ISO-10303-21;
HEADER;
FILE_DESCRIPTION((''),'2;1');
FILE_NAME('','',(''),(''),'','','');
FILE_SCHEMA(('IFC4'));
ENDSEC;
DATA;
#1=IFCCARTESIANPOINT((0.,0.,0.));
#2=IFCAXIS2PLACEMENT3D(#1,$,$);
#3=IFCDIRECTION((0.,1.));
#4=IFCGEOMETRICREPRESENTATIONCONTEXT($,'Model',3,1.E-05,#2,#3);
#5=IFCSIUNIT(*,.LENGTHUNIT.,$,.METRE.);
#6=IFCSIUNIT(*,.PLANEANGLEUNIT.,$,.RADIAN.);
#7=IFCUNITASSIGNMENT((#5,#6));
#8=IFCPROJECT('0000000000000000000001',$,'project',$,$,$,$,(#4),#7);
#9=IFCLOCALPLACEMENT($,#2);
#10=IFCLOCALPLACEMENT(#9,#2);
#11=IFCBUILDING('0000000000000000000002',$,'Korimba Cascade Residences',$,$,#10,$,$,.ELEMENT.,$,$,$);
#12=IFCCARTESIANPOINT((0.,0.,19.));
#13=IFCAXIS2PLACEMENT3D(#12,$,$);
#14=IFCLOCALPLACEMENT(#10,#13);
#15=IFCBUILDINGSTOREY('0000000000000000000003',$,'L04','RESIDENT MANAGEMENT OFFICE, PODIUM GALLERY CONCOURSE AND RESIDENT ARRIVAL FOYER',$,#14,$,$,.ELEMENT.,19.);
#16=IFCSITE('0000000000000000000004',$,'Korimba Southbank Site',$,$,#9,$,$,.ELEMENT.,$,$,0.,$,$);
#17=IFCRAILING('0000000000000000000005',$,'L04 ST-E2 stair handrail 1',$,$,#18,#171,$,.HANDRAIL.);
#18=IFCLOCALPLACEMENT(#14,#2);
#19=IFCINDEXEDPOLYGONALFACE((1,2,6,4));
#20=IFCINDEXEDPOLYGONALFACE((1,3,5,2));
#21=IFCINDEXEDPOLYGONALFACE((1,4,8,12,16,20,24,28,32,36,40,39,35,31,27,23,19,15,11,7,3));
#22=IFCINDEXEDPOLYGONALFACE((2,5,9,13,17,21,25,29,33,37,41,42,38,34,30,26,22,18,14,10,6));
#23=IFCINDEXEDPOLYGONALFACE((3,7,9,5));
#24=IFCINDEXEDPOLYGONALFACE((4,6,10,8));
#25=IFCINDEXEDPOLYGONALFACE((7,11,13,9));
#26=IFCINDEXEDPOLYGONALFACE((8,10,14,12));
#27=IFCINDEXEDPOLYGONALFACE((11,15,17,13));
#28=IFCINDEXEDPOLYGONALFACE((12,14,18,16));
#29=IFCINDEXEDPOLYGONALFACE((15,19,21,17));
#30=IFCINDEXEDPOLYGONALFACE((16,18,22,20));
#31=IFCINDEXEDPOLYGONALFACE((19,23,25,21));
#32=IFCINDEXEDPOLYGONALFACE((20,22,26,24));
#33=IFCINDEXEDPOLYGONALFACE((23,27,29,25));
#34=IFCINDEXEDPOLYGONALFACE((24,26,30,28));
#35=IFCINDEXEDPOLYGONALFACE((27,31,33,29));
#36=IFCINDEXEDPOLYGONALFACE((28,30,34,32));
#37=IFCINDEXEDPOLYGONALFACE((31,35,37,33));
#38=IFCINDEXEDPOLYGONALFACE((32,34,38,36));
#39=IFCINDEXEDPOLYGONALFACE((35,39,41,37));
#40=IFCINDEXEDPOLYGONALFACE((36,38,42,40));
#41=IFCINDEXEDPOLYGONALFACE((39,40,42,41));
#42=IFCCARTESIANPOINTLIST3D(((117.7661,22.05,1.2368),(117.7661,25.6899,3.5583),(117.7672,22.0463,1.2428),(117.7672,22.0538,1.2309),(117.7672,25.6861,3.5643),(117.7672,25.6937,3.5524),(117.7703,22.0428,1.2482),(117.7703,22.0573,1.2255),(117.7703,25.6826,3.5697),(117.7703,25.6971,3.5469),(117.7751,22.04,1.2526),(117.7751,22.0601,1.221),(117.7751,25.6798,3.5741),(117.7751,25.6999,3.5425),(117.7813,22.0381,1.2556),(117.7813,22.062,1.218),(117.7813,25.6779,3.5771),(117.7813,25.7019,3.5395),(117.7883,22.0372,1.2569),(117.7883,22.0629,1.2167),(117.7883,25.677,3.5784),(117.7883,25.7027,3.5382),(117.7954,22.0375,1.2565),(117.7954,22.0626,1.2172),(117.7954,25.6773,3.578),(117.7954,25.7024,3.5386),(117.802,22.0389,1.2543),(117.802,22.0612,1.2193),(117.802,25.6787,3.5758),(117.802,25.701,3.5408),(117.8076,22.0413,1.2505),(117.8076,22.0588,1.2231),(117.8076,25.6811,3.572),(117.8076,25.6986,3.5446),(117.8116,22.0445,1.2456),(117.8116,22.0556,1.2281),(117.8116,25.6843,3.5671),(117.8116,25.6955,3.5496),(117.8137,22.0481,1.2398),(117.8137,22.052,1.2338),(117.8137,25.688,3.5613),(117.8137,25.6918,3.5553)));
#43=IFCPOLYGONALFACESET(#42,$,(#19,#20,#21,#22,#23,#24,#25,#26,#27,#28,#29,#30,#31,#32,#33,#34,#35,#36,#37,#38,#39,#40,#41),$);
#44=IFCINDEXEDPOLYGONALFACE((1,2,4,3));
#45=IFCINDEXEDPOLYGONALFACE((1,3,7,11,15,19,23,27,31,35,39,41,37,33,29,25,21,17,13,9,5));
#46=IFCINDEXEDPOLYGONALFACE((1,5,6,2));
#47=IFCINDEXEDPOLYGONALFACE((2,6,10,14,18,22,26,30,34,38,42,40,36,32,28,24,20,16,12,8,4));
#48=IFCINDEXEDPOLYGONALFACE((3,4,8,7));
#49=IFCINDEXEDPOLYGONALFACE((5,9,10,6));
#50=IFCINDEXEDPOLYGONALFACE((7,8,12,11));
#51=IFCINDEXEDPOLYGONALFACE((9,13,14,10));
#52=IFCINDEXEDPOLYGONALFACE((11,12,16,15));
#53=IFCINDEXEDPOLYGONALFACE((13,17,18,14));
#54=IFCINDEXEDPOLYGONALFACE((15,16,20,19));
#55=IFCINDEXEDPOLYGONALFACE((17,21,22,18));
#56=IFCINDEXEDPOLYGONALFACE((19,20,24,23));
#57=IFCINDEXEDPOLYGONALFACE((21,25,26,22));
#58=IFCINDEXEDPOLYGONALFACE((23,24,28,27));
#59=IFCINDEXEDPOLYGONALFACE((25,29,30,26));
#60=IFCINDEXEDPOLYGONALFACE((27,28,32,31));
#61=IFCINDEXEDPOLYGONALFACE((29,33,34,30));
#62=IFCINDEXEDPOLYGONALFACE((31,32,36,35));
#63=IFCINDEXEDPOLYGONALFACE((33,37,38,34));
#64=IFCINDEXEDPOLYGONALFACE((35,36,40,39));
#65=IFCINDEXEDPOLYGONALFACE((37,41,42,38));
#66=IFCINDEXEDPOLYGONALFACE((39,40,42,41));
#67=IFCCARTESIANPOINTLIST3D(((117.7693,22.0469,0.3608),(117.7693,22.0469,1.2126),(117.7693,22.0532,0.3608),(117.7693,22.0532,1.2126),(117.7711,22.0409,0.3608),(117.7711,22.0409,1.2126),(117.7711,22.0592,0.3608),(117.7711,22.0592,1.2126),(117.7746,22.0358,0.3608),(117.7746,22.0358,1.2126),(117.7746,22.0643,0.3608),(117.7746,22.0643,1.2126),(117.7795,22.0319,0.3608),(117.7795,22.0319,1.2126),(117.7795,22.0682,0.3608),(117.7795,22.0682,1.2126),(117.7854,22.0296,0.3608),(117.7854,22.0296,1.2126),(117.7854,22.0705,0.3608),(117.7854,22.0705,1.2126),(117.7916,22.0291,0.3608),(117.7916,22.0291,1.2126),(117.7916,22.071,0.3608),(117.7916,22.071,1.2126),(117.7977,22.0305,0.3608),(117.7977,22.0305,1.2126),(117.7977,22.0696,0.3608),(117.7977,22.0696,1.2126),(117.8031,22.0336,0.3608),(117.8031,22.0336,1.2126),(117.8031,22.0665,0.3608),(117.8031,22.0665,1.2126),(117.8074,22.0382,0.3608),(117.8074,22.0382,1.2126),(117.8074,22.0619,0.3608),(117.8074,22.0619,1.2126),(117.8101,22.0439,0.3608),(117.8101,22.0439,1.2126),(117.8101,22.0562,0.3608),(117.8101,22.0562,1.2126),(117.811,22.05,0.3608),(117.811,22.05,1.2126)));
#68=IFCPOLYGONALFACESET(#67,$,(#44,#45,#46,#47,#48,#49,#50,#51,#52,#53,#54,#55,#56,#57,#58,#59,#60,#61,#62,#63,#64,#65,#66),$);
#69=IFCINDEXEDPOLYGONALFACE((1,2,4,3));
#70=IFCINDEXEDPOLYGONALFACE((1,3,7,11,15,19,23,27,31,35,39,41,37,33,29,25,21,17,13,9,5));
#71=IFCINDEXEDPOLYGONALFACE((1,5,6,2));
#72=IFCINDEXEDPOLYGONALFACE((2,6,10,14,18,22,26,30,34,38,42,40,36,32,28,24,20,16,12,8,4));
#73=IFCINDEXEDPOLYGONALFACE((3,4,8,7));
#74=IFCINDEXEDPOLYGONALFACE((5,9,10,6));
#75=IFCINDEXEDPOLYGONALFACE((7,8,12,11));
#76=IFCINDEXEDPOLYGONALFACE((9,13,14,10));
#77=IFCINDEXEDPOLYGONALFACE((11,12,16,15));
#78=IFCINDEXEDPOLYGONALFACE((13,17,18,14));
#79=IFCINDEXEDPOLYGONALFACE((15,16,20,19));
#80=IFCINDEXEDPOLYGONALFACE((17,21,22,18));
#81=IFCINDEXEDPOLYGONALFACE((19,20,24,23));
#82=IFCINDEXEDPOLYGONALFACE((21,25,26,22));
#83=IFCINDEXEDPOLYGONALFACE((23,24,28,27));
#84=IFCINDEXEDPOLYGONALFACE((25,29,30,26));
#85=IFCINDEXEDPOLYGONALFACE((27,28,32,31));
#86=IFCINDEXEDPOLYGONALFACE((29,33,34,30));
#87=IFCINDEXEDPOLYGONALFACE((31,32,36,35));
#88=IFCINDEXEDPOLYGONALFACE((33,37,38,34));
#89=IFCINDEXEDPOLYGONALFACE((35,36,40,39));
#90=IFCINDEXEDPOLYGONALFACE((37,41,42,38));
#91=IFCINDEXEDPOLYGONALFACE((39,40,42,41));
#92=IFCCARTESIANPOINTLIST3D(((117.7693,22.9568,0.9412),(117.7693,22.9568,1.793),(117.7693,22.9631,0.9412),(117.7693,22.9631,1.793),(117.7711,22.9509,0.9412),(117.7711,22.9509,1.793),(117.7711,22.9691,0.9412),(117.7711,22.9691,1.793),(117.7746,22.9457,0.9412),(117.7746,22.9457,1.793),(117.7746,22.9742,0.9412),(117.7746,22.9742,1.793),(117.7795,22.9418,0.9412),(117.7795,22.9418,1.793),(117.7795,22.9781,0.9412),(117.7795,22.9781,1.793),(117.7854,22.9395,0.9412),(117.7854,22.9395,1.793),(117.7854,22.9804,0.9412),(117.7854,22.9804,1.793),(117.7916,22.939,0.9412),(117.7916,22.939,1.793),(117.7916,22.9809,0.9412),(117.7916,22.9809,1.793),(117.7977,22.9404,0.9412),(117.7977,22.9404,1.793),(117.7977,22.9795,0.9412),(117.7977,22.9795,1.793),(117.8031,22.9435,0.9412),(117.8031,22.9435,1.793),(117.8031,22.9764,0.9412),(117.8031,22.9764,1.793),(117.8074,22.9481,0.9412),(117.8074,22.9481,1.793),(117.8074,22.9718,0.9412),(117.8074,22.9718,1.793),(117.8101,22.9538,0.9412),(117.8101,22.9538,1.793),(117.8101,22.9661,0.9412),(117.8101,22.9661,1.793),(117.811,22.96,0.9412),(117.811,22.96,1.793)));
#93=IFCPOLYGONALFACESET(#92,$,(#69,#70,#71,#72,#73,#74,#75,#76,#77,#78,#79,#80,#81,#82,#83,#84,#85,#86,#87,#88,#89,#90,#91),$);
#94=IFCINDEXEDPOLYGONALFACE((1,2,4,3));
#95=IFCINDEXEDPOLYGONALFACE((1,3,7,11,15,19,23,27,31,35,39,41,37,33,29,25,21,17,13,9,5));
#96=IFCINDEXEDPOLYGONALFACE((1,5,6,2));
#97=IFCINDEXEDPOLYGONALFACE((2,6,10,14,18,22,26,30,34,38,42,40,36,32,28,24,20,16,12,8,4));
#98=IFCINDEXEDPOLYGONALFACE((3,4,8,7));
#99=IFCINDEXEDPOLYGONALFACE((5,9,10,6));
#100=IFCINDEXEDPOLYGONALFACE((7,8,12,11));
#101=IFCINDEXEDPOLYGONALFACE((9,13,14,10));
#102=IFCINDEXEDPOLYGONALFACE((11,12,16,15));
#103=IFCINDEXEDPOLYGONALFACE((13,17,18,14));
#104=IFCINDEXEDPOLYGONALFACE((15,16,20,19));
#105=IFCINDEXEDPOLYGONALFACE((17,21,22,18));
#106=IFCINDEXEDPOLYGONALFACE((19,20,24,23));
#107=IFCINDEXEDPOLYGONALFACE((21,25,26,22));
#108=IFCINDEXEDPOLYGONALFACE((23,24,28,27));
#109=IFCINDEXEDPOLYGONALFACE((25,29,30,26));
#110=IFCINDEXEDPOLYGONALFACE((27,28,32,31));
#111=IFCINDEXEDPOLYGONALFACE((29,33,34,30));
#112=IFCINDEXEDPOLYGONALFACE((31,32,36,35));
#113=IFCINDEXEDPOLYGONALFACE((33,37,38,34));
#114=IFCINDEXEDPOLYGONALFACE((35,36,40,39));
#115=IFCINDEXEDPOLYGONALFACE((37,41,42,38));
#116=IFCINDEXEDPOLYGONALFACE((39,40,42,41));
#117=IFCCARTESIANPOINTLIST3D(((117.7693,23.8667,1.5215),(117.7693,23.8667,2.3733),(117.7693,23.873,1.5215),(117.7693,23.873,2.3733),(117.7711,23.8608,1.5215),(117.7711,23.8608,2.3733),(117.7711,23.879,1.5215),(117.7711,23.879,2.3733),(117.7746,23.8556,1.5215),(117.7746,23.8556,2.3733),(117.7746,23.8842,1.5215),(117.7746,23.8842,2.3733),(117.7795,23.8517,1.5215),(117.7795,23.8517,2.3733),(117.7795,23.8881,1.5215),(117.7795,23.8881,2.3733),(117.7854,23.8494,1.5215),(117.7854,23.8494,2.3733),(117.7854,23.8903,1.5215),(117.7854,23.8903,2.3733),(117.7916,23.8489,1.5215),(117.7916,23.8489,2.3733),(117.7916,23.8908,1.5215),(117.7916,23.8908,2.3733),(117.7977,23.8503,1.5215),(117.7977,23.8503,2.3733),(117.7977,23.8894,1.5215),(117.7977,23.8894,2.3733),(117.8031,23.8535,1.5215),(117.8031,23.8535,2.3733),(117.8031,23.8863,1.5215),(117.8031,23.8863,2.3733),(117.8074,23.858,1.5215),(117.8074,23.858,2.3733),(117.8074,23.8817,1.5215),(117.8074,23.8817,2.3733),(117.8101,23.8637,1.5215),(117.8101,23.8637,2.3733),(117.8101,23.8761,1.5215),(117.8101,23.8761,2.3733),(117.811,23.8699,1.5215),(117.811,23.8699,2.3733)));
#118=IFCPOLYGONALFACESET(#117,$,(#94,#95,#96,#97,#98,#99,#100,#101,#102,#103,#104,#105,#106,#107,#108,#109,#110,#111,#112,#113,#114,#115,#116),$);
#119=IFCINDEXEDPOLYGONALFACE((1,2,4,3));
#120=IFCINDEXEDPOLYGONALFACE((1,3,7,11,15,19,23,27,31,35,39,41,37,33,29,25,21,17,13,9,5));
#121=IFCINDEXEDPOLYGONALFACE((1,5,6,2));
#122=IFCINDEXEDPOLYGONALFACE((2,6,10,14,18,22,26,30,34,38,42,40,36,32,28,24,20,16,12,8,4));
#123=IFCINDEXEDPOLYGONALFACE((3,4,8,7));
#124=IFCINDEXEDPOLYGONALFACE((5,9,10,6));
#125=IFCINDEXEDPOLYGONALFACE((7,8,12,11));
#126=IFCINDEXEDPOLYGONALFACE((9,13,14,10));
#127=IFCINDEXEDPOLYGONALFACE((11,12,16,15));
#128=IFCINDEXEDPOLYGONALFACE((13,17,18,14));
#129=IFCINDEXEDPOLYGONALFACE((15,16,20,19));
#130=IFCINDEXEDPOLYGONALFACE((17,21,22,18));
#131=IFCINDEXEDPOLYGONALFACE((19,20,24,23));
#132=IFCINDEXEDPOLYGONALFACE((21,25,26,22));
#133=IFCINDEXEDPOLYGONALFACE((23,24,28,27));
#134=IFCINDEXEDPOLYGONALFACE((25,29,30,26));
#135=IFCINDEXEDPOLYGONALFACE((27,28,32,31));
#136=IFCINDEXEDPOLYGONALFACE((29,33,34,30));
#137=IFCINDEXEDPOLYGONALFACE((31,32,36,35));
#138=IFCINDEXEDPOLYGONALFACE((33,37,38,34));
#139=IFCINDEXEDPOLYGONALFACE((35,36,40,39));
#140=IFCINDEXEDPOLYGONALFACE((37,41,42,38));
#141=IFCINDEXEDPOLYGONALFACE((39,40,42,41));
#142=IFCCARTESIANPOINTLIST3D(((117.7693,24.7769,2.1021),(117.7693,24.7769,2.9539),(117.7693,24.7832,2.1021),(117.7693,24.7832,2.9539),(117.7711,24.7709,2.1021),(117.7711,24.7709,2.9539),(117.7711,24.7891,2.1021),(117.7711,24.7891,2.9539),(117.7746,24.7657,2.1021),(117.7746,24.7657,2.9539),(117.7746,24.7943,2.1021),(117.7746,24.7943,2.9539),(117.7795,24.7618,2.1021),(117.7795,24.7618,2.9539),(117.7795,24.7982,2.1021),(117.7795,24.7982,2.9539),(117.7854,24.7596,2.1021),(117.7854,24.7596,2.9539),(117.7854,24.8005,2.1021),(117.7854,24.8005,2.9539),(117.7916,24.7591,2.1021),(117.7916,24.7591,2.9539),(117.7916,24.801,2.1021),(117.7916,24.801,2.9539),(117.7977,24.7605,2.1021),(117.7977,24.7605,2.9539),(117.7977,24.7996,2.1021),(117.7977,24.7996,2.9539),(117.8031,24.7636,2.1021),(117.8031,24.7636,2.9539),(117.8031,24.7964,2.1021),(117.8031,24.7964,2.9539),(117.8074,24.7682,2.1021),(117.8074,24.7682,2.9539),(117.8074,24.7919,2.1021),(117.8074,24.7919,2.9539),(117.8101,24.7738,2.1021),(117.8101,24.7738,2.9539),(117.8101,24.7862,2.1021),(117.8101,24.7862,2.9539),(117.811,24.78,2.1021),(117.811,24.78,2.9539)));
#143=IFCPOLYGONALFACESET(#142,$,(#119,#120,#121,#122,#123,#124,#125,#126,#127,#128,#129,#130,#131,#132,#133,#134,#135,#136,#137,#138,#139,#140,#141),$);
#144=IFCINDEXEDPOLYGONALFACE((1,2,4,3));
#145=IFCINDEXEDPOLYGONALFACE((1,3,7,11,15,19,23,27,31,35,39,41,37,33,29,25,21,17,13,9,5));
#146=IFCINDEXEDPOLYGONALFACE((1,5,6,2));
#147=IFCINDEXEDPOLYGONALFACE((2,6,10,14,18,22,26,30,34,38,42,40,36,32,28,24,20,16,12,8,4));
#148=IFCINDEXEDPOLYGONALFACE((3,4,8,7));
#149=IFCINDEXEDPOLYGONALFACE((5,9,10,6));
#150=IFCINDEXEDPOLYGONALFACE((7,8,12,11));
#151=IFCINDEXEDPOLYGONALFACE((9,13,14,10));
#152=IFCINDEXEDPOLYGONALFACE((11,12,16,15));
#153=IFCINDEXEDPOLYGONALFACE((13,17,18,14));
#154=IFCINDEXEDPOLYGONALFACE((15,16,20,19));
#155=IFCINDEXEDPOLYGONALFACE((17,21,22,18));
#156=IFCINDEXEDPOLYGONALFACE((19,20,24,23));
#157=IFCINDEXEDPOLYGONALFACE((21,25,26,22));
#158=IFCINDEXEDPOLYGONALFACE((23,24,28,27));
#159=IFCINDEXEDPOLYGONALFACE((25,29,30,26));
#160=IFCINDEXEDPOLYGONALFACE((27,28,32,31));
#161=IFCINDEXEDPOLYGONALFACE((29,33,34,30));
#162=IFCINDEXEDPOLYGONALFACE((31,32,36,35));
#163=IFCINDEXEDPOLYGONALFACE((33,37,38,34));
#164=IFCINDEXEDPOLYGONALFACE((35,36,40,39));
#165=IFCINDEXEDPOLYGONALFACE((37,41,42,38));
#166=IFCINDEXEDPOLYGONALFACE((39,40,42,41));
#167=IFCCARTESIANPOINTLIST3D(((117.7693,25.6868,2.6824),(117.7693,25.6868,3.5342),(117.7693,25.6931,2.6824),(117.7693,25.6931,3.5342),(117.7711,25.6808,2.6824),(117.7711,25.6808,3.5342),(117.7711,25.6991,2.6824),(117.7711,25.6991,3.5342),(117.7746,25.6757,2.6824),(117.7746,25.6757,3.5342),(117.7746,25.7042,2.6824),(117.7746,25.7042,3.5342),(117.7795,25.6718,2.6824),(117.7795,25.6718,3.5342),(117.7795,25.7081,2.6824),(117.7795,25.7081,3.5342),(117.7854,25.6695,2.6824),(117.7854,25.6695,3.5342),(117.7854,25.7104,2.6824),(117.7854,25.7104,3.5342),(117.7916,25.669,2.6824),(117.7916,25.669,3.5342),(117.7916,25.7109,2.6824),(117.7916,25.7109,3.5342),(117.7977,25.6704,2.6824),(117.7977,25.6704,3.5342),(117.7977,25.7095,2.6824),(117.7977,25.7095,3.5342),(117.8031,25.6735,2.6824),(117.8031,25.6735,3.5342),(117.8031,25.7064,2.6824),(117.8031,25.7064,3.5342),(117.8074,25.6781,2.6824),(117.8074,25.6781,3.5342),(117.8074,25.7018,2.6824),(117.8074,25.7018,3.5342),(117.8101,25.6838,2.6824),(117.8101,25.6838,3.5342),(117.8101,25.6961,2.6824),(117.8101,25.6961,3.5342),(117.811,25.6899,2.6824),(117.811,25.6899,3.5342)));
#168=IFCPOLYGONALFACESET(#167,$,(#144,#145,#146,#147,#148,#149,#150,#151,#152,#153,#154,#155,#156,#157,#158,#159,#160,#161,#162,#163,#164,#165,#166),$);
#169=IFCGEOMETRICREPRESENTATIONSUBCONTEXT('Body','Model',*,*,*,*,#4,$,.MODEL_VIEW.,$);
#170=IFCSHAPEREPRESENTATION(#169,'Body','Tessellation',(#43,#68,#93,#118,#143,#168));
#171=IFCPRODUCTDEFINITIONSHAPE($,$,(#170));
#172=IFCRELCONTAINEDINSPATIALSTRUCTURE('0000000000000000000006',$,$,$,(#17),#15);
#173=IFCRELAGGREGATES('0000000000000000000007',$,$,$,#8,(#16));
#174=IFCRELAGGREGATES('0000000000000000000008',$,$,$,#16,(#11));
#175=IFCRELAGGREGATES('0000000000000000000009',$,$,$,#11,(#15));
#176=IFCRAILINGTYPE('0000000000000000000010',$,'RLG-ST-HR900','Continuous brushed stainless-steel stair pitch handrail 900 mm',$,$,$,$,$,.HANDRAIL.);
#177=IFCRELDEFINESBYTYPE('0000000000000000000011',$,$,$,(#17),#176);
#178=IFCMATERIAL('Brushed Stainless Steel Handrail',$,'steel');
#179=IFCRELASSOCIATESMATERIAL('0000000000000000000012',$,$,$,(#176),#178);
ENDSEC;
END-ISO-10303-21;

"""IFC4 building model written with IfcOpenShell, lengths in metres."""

from ifc_helpers import new_model, si_unit, direction, frame, origin, origin_2d, place, context, subcontext, project, spatial, circle, extrude, material, type_object, element, save


model = new_model("IFC4")

# Units and contexts
model_context = context("Model", 3, precision=1e-05, world=origin(), true_north=direction((0.0, 1.0)))
body_context = subcontext(model_context, "Body", "Model", "MODEL_VIEW")
ifc_project = project(units=[si_unit("LENGTHUNIT", "METRE"), si_unit("PLANEANGLEUNIT", "RADIAN")], contexts=[model_context])

# Site, building, storey
site_placement = place(None, origin())
site = spatial("IfcSite", under=ifc_project, at=site_placement, Name="Korimba Southbank Site", CompositionType="ELEMENT", RefElevation=0.0)
building_placement = place(site_placement, origin())
building = spatial("IfcBuilding", under=site, at=building_placement, Name="Korimba Cascade Residences", CompositionType="ELEMENT")
storey_placement = place(building_placement, frame((0.0, 0.0, 19.0)))
storey = spatial("IfcBuildingStorey", under=building, at=storey_placement, Name="L04", Description="RESIDENT MANAGEMENT OFFICE, PODIUM GALLERY CONCOURSE AND RESIDENT ARRIVAL FOYER", CompositionType="ELEMENT", Elevation=19.0)

# Railing
ifc_material_1 = material(Name="Brushed Stainless Steel Handrail", Category="steel")
railing_type_1 = type_object("IfcRailingType", Name="RLG-ST-HR900", Description="Continuous brushed stainless-steel stair pitch handrail 900 mm", PredefinedType="HANDRAIL", material=ifc_material_1)
railing_1_placement = place(storey_placement, frame((117.79, 22.05, 0.3608)))
element("IfcRailing", 1, at=railing_1_placement, inside=storey, type_object=railing_type_1, Name="L04 ST-E2 stair handrail 1", PredefinedType="HANDRAIL", context=body_context, shape_type="SweptSolid", body=[
    extrude(circle(Radius=0.0239, at=origin_2d()), frame((0.0, 0.0, 0.876), z_axis=(0.0, 0.843112, 0.537739), x_axis=(-1.0, 0.0, 0.0)), (0.0, 0.0, 1.0), 4.3171),
    extrude(circle(Radius=0.021, at=origin_2d()), origin(), (0.0, 0.0, 1.0), 0.8518),
    extrude(circle(Radius=0.021, at=origin_2d()), frame((0.0, 0.9099, 0.5803)), (0.0, 0.0, 1.0), 0.8518),
    extrude(circle(Radius=0.021, at=origin_2d()), frame((0.0, 1.8198, 1.1606)), (0.0, 0.0, 1.0), 0.8518),
    extrude(circle(Radius=0.021, at=origin_2d()), frame((0.0, 2.73, 1.7412)), (0.0, 0.0, 1.0), 0.8518),
    extrude(circle(Radius=0.021, at=origin_2d()), frame((0.0, 3.6399, 2.3215)), (0.0, 0.0, 1.0), 0.8518),
])

save(model, "model.ifc")
